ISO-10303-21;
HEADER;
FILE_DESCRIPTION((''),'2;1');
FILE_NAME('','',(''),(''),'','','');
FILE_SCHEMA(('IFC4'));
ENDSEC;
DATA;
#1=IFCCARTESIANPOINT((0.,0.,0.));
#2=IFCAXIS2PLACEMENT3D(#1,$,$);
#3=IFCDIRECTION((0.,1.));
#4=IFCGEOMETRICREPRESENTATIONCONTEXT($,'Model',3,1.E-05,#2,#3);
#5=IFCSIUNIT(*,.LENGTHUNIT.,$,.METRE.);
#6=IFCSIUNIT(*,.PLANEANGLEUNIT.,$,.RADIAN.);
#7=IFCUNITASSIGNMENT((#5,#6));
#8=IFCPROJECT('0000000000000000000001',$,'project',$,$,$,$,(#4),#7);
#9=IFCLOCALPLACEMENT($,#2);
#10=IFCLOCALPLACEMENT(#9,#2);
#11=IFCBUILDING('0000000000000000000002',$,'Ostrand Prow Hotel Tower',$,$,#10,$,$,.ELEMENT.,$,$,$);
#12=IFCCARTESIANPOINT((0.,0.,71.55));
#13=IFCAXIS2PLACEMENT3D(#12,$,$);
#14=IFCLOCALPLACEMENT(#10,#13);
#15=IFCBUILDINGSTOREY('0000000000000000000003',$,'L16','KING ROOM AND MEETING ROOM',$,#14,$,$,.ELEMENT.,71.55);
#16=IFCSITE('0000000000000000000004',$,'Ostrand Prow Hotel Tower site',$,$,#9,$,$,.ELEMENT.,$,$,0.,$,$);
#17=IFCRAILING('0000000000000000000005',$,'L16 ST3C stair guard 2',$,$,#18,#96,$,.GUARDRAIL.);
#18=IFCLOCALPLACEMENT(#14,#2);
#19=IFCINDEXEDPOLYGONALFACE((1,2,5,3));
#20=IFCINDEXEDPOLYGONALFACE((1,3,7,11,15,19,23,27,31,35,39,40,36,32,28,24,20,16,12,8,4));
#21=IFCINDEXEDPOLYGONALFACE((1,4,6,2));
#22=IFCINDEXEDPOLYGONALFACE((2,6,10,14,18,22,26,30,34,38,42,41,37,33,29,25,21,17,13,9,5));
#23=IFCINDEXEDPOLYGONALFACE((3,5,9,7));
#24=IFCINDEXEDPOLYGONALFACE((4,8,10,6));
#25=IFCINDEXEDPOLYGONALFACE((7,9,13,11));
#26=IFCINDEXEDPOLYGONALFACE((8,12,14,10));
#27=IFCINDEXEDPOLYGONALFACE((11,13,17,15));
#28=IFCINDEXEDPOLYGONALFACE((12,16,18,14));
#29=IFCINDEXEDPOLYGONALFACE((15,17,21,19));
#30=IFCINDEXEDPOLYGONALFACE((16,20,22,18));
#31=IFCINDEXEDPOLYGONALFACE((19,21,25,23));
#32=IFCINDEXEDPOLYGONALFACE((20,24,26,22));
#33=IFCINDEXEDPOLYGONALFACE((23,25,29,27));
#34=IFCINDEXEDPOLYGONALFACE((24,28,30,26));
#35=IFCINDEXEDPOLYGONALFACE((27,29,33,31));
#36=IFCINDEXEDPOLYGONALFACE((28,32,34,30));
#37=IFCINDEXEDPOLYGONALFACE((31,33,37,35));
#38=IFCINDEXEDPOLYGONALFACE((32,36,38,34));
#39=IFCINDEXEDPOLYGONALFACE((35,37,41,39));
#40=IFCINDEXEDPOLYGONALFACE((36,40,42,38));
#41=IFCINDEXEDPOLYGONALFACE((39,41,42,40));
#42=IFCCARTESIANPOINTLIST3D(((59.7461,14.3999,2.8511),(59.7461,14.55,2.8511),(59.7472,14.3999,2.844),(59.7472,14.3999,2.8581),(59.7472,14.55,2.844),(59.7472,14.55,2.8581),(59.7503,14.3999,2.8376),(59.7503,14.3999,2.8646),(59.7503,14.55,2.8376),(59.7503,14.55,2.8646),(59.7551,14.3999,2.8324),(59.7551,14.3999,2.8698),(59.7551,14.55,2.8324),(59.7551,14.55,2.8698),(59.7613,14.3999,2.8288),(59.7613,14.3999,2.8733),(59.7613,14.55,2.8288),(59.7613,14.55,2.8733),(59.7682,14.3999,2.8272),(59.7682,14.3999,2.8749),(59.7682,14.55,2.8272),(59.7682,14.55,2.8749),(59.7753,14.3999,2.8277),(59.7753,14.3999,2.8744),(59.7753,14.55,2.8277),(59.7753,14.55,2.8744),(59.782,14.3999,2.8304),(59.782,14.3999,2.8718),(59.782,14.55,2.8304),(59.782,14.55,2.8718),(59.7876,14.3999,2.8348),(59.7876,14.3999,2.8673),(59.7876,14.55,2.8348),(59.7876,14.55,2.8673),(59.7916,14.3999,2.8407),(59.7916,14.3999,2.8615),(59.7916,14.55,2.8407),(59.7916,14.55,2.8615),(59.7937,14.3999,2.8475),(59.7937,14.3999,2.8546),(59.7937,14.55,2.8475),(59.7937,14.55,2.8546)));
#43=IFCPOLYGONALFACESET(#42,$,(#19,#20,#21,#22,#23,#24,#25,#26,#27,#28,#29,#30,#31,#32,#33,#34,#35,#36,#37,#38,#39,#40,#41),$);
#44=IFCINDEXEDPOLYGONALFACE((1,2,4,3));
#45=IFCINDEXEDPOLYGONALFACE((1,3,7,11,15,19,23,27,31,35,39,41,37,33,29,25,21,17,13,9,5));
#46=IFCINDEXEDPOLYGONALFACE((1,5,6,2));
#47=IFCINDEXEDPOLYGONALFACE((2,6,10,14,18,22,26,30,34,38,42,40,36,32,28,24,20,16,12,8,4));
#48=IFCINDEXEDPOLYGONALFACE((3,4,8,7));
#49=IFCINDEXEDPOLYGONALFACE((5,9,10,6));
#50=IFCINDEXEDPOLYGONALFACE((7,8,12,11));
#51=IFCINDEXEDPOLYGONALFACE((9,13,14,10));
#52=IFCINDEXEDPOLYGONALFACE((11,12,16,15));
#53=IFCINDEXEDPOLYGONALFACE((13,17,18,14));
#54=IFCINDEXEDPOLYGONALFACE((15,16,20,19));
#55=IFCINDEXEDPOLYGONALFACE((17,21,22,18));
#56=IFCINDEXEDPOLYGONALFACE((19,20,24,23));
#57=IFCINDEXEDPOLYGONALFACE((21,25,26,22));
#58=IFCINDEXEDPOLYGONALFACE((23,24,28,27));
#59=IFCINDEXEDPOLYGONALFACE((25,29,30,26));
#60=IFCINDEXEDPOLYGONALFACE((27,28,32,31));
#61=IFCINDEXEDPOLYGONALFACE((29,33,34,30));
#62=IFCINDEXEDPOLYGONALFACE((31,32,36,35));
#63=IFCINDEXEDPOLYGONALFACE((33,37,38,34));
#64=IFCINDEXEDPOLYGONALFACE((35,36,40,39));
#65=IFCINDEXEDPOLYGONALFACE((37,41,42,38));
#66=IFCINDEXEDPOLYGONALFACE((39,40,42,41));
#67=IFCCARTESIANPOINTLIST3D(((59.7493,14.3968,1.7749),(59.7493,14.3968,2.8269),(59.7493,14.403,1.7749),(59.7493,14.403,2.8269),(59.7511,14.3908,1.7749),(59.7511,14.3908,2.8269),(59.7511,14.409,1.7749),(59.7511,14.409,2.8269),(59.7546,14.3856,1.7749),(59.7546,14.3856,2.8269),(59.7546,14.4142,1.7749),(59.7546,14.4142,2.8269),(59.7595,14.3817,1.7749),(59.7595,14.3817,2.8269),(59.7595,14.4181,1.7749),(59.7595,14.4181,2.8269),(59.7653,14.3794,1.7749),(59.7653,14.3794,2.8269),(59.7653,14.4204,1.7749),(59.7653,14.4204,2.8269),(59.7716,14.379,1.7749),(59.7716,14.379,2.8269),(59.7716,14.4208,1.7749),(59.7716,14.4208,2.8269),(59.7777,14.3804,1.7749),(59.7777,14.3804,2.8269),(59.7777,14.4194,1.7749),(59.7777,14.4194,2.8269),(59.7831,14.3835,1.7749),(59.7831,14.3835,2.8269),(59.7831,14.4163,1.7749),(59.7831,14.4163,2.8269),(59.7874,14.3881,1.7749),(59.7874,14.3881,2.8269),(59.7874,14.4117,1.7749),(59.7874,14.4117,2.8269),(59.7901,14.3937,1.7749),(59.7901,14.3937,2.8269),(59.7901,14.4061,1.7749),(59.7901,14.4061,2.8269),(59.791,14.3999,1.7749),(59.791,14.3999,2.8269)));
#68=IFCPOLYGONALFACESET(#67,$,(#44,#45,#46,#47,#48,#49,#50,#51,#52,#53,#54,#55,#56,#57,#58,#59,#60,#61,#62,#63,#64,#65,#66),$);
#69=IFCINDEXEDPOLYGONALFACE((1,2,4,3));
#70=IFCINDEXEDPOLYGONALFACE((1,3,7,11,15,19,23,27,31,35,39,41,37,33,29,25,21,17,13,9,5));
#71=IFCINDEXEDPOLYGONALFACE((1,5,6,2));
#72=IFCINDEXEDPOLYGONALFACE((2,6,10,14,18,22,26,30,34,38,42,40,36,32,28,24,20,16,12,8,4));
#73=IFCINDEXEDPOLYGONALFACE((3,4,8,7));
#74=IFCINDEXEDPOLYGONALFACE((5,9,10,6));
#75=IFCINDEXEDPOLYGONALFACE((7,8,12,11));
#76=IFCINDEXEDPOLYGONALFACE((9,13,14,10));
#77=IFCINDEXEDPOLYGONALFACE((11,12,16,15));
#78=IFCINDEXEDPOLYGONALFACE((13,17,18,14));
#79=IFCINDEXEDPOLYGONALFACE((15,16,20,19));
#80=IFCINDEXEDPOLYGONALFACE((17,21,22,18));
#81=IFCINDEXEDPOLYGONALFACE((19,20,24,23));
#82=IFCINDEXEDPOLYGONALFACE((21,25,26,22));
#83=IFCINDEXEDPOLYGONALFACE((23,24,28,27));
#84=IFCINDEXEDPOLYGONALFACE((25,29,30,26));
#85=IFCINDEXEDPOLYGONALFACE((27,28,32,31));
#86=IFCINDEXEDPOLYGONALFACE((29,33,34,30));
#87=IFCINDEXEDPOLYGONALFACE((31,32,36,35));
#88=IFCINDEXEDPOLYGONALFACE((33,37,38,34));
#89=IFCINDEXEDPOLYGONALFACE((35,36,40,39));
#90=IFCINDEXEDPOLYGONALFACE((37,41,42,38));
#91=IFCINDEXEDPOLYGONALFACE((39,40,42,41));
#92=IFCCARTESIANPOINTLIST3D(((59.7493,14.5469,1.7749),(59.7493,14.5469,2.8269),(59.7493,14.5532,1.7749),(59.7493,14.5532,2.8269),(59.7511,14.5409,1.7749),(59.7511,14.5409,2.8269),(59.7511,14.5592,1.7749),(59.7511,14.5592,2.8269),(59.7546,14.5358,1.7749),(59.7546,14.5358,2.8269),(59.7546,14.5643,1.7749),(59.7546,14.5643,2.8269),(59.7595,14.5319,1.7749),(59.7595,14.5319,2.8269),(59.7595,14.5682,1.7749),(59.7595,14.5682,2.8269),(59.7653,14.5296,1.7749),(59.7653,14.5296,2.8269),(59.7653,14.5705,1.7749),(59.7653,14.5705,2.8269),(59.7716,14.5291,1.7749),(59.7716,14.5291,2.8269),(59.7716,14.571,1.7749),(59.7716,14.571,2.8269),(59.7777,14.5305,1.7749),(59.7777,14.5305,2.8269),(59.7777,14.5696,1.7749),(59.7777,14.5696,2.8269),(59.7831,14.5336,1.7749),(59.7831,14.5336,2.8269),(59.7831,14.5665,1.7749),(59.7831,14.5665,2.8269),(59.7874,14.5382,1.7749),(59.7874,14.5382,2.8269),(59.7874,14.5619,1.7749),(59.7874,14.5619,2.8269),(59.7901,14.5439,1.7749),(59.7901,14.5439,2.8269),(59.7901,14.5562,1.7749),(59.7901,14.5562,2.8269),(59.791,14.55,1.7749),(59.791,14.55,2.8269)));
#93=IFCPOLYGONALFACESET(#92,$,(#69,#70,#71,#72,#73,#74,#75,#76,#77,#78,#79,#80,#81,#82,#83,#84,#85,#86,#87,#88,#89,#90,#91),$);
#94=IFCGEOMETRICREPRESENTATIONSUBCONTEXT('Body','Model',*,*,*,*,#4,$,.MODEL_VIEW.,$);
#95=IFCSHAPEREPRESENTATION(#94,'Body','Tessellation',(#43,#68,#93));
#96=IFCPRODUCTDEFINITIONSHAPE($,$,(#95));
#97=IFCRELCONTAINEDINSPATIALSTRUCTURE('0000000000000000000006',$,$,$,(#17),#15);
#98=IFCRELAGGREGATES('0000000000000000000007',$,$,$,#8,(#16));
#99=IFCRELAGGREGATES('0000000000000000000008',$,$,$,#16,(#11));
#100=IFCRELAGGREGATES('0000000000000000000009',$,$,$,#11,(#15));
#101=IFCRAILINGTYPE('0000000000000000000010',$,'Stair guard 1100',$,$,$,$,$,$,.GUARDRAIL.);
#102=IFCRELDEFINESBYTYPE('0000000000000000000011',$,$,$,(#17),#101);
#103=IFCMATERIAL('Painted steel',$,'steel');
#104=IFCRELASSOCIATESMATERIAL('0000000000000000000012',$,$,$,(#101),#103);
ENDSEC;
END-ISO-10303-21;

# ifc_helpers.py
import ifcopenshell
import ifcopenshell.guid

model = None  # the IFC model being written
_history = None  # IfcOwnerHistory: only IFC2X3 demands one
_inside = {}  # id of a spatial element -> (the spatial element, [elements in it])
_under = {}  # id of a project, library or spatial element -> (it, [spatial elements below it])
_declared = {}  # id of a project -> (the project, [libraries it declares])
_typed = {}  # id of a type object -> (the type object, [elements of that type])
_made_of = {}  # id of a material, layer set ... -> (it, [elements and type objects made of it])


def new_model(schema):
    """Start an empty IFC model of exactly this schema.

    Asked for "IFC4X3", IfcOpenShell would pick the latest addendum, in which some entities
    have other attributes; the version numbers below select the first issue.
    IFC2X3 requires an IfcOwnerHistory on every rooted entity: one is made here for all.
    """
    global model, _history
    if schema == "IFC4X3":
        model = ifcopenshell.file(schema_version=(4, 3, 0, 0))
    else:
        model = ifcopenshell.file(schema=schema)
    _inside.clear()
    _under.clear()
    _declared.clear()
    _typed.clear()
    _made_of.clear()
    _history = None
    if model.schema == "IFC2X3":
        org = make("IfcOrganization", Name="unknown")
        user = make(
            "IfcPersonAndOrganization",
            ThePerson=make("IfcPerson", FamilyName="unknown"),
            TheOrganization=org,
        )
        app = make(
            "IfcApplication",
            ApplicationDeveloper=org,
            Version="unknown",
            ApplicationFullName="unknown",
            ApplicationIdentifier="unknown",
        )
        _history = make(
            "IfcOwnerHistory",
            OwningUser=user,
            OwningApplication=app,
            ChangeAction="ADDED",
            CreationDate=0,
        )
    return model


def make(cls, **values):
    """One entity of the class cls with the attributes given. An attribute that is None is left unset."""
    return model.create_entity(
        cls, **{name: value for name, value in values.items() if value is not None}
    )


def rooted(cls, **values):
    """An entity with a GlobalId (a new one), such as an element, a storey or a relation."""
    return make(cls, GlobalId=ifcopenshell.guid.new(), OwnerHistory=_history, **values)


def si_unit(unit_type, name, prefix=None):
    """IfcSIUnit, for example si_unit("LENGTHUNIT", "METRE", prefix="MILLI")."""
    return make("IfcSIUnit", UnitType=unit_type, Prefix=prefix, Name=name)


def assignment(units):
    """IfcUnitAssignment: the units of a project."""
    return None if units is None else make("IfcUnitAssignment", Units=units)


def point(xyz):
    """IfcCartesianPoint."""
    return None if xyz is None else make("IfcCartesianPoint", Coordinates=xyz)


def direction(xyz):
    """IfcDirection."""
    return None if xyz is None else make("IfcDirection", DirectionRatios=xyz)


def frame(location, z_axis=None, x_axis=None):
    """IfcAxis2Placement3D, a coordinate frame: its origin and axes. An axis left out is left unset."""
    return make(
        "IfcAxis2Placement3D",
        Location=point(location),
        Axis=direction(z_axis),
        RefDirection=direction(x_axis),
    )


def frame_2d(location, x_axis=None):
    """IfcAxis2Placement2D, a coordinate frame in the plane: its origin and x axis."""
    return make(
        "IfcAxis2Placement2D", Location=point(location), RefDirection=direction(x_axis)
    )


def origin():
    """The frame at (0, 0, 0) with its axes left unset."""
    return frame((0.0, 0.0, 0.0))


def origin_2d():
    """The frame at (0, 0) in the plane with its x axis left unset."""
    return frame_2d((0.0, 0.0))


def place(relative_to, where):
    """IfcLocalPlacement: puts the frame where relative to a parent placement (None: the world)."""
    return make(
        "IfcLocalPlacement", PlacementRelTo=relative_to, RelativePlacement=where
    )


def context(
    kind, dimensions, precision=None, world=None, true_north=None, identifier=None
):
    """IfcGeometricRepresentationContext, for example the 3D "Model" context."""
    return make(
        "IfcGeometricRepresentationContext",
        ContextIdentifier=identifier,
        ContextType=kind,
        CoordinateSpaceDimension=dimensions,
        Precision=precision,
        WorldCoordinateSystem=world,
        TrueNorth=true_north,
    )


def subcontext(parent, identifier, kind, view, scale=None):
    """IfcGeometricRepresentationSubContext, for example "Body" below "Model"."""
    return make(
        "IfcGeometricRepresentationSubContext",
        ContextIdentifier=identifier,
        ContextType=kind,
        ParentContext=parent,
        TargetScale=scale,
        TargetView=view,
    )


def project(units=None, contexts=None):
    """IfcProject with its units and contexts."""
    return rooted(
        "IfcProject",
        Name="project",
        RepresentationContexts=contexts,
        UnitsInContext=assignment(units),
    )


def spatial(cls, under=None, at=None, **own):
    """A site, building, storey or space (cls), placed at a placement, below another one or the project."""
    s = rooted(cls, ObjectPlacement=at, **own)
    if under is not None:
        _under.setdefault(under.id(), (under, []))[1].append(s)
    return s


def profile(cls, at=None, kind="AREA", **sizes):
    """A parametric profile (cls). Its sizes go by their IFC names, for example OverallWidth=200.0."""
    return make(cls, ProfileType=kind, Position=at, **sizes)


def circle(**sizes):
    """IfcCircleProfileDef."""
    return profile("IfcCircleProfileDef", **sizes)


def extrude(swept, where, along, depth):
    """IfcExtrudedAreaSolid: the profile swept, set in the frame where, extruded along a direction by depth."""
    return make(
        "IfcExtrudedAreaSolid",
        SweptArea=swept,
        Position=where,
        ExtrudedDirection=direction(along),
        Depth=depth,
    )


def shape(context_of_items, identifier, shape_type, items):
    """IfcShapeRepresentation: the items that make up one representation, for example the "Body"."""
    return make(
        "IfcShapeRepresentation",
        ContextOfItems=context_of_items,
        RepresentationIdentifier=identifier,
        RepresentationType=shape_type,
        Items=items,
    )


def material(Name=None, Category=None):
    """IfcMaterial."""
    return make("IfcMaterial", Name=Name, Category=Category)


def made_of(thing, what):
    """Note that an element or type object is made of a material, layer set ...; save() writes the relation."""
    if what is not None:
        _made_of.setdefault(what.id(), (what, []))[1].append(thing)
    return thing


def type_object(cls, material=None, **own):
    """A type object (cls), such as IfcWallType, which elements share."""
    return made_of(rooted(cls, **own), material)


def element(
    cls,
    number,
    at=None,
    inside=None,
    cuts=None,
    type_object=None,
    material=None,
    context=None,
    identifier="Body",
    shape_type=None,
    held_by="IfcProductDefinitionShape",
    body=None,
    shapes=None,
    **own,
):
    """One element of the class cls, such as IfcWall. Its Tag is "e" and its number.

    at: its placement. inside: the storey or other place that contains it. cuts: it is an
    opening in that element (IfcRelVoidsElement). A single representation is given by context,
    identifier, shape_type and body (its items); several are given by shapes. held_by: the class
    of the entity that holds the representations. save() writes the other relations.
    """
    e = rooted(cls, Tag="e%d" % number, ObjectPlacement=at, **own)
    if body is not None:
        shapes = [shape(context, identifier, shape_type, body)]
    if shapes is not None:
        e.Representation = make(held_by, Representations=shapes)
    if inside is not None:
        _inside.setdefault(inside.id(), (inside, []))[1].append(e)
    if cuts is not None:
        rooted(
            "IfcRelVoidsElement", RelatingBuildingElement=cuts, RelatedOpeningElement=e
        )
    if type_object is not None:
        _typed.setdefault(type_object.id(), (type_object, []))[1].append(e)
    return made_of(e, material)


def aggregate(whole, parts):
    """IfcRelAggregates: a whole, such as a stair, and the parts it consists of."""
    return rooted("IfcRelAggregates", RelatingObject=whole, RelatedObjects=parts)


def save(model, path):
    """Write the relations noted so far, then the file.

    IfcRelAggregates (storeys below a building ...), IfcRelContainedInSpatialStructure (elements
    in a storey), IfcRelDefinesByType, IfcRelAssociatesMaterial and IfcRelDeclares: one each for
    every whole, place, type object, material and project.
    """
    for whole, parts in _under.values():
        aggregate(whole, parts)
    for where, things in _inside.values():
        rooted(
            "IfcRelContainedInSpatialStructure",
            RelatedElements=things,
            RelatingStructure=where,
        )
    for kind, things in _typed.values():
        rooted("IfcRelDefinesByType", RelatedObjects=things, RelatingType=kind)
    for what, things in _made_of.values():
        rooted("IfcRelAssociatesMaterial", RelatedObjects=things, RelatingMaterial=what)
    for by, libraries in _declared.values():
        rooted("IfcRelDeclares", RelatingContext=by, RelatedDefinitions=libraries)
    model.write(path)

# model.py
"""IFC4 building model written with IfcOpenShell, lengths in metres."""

from ifc_helpers import new_model, si_unit, direction, frame, origin, origin_2d, place, context, subcontext, project, spatial, circle, extrude, material, type_object, element, save


model = new_model("IFC4")

# Units and contexts
model_context = context("Model", 3, precision=1e-05, world=origin(), true_north=direction((0.0, 1.0)))
body_context = subcontext(model_context, "Body", "Model", "MODEL_VIEW")
ifc_project = project(units=[si_unit("LENGTHUNIT", "METRE"), si_unit("PLANEANGLEUNIT", "RADIAN")], contexts=[model_context])

# Site, building, storey
site_placement = place(None, origin())
site = spatial("IfcSite", under=ifc_project, at=site_placement, Name="Ostrand Prow Hotel Tower site", CompositionType="ELEMENT", RefElevation=0.0)
building_placement = place(site_placement, origin())
building = spatial("IfcBuilding", under=site, at=building_placement, Name="Ostrand Prow Hotel Tower", CompositionType="ELEMENT")
storey_placement = place(building_placement, frame((0.0, 0.0, 71.55)))
storey = spatial("IfcBuildingStorey", under=building, at=storey_placement, Name="L16", Description="KING ROOM AND MEETING ROOM", CompositionType="ELEMENT", Elevation=71.55)

# Railing
ifc_material_1 = material(Name="Painted steel", Category="steel")
railing_type_1 = type_object("IfcRailingType", Name="Stair guard 1100", PredefinedType="GUARDRAIL", material=ifc_material_1)
railing_1_placement = place(storey_placement, frame((59.77, 14.3999, 1.7749)))
element("IfcRailing", 1, at=railing_1_placement, inside=storey, type_object=railing_type_1, Name="L16 ST3C stair guard 2", PredefinedType="GUARDRAIL", context=body_context, shape_type="SweptSolid", body=[
    extrude(circle(Radius=0.0239, at=origin_2d()), frame((0.0, 0.0, 1.0762), z_axis=(0.0, 1.0, 0.0), x_axis=(-1.0, 0.0, 0.0)), (0.0, 0.0, 1.0), 0.1501),
    extrude(circle(Radius=0.021, at=origin_2d()), origin(), (0.0, 0.0, 1.0), 1.052),
    extrude(circle(Radius=0.021, at=origin_2d()), frame((0.0, 0.1501, 0.0)), (0.0, 0.0, 1.0), 1.052),
])

save(model, "model.ifc")
